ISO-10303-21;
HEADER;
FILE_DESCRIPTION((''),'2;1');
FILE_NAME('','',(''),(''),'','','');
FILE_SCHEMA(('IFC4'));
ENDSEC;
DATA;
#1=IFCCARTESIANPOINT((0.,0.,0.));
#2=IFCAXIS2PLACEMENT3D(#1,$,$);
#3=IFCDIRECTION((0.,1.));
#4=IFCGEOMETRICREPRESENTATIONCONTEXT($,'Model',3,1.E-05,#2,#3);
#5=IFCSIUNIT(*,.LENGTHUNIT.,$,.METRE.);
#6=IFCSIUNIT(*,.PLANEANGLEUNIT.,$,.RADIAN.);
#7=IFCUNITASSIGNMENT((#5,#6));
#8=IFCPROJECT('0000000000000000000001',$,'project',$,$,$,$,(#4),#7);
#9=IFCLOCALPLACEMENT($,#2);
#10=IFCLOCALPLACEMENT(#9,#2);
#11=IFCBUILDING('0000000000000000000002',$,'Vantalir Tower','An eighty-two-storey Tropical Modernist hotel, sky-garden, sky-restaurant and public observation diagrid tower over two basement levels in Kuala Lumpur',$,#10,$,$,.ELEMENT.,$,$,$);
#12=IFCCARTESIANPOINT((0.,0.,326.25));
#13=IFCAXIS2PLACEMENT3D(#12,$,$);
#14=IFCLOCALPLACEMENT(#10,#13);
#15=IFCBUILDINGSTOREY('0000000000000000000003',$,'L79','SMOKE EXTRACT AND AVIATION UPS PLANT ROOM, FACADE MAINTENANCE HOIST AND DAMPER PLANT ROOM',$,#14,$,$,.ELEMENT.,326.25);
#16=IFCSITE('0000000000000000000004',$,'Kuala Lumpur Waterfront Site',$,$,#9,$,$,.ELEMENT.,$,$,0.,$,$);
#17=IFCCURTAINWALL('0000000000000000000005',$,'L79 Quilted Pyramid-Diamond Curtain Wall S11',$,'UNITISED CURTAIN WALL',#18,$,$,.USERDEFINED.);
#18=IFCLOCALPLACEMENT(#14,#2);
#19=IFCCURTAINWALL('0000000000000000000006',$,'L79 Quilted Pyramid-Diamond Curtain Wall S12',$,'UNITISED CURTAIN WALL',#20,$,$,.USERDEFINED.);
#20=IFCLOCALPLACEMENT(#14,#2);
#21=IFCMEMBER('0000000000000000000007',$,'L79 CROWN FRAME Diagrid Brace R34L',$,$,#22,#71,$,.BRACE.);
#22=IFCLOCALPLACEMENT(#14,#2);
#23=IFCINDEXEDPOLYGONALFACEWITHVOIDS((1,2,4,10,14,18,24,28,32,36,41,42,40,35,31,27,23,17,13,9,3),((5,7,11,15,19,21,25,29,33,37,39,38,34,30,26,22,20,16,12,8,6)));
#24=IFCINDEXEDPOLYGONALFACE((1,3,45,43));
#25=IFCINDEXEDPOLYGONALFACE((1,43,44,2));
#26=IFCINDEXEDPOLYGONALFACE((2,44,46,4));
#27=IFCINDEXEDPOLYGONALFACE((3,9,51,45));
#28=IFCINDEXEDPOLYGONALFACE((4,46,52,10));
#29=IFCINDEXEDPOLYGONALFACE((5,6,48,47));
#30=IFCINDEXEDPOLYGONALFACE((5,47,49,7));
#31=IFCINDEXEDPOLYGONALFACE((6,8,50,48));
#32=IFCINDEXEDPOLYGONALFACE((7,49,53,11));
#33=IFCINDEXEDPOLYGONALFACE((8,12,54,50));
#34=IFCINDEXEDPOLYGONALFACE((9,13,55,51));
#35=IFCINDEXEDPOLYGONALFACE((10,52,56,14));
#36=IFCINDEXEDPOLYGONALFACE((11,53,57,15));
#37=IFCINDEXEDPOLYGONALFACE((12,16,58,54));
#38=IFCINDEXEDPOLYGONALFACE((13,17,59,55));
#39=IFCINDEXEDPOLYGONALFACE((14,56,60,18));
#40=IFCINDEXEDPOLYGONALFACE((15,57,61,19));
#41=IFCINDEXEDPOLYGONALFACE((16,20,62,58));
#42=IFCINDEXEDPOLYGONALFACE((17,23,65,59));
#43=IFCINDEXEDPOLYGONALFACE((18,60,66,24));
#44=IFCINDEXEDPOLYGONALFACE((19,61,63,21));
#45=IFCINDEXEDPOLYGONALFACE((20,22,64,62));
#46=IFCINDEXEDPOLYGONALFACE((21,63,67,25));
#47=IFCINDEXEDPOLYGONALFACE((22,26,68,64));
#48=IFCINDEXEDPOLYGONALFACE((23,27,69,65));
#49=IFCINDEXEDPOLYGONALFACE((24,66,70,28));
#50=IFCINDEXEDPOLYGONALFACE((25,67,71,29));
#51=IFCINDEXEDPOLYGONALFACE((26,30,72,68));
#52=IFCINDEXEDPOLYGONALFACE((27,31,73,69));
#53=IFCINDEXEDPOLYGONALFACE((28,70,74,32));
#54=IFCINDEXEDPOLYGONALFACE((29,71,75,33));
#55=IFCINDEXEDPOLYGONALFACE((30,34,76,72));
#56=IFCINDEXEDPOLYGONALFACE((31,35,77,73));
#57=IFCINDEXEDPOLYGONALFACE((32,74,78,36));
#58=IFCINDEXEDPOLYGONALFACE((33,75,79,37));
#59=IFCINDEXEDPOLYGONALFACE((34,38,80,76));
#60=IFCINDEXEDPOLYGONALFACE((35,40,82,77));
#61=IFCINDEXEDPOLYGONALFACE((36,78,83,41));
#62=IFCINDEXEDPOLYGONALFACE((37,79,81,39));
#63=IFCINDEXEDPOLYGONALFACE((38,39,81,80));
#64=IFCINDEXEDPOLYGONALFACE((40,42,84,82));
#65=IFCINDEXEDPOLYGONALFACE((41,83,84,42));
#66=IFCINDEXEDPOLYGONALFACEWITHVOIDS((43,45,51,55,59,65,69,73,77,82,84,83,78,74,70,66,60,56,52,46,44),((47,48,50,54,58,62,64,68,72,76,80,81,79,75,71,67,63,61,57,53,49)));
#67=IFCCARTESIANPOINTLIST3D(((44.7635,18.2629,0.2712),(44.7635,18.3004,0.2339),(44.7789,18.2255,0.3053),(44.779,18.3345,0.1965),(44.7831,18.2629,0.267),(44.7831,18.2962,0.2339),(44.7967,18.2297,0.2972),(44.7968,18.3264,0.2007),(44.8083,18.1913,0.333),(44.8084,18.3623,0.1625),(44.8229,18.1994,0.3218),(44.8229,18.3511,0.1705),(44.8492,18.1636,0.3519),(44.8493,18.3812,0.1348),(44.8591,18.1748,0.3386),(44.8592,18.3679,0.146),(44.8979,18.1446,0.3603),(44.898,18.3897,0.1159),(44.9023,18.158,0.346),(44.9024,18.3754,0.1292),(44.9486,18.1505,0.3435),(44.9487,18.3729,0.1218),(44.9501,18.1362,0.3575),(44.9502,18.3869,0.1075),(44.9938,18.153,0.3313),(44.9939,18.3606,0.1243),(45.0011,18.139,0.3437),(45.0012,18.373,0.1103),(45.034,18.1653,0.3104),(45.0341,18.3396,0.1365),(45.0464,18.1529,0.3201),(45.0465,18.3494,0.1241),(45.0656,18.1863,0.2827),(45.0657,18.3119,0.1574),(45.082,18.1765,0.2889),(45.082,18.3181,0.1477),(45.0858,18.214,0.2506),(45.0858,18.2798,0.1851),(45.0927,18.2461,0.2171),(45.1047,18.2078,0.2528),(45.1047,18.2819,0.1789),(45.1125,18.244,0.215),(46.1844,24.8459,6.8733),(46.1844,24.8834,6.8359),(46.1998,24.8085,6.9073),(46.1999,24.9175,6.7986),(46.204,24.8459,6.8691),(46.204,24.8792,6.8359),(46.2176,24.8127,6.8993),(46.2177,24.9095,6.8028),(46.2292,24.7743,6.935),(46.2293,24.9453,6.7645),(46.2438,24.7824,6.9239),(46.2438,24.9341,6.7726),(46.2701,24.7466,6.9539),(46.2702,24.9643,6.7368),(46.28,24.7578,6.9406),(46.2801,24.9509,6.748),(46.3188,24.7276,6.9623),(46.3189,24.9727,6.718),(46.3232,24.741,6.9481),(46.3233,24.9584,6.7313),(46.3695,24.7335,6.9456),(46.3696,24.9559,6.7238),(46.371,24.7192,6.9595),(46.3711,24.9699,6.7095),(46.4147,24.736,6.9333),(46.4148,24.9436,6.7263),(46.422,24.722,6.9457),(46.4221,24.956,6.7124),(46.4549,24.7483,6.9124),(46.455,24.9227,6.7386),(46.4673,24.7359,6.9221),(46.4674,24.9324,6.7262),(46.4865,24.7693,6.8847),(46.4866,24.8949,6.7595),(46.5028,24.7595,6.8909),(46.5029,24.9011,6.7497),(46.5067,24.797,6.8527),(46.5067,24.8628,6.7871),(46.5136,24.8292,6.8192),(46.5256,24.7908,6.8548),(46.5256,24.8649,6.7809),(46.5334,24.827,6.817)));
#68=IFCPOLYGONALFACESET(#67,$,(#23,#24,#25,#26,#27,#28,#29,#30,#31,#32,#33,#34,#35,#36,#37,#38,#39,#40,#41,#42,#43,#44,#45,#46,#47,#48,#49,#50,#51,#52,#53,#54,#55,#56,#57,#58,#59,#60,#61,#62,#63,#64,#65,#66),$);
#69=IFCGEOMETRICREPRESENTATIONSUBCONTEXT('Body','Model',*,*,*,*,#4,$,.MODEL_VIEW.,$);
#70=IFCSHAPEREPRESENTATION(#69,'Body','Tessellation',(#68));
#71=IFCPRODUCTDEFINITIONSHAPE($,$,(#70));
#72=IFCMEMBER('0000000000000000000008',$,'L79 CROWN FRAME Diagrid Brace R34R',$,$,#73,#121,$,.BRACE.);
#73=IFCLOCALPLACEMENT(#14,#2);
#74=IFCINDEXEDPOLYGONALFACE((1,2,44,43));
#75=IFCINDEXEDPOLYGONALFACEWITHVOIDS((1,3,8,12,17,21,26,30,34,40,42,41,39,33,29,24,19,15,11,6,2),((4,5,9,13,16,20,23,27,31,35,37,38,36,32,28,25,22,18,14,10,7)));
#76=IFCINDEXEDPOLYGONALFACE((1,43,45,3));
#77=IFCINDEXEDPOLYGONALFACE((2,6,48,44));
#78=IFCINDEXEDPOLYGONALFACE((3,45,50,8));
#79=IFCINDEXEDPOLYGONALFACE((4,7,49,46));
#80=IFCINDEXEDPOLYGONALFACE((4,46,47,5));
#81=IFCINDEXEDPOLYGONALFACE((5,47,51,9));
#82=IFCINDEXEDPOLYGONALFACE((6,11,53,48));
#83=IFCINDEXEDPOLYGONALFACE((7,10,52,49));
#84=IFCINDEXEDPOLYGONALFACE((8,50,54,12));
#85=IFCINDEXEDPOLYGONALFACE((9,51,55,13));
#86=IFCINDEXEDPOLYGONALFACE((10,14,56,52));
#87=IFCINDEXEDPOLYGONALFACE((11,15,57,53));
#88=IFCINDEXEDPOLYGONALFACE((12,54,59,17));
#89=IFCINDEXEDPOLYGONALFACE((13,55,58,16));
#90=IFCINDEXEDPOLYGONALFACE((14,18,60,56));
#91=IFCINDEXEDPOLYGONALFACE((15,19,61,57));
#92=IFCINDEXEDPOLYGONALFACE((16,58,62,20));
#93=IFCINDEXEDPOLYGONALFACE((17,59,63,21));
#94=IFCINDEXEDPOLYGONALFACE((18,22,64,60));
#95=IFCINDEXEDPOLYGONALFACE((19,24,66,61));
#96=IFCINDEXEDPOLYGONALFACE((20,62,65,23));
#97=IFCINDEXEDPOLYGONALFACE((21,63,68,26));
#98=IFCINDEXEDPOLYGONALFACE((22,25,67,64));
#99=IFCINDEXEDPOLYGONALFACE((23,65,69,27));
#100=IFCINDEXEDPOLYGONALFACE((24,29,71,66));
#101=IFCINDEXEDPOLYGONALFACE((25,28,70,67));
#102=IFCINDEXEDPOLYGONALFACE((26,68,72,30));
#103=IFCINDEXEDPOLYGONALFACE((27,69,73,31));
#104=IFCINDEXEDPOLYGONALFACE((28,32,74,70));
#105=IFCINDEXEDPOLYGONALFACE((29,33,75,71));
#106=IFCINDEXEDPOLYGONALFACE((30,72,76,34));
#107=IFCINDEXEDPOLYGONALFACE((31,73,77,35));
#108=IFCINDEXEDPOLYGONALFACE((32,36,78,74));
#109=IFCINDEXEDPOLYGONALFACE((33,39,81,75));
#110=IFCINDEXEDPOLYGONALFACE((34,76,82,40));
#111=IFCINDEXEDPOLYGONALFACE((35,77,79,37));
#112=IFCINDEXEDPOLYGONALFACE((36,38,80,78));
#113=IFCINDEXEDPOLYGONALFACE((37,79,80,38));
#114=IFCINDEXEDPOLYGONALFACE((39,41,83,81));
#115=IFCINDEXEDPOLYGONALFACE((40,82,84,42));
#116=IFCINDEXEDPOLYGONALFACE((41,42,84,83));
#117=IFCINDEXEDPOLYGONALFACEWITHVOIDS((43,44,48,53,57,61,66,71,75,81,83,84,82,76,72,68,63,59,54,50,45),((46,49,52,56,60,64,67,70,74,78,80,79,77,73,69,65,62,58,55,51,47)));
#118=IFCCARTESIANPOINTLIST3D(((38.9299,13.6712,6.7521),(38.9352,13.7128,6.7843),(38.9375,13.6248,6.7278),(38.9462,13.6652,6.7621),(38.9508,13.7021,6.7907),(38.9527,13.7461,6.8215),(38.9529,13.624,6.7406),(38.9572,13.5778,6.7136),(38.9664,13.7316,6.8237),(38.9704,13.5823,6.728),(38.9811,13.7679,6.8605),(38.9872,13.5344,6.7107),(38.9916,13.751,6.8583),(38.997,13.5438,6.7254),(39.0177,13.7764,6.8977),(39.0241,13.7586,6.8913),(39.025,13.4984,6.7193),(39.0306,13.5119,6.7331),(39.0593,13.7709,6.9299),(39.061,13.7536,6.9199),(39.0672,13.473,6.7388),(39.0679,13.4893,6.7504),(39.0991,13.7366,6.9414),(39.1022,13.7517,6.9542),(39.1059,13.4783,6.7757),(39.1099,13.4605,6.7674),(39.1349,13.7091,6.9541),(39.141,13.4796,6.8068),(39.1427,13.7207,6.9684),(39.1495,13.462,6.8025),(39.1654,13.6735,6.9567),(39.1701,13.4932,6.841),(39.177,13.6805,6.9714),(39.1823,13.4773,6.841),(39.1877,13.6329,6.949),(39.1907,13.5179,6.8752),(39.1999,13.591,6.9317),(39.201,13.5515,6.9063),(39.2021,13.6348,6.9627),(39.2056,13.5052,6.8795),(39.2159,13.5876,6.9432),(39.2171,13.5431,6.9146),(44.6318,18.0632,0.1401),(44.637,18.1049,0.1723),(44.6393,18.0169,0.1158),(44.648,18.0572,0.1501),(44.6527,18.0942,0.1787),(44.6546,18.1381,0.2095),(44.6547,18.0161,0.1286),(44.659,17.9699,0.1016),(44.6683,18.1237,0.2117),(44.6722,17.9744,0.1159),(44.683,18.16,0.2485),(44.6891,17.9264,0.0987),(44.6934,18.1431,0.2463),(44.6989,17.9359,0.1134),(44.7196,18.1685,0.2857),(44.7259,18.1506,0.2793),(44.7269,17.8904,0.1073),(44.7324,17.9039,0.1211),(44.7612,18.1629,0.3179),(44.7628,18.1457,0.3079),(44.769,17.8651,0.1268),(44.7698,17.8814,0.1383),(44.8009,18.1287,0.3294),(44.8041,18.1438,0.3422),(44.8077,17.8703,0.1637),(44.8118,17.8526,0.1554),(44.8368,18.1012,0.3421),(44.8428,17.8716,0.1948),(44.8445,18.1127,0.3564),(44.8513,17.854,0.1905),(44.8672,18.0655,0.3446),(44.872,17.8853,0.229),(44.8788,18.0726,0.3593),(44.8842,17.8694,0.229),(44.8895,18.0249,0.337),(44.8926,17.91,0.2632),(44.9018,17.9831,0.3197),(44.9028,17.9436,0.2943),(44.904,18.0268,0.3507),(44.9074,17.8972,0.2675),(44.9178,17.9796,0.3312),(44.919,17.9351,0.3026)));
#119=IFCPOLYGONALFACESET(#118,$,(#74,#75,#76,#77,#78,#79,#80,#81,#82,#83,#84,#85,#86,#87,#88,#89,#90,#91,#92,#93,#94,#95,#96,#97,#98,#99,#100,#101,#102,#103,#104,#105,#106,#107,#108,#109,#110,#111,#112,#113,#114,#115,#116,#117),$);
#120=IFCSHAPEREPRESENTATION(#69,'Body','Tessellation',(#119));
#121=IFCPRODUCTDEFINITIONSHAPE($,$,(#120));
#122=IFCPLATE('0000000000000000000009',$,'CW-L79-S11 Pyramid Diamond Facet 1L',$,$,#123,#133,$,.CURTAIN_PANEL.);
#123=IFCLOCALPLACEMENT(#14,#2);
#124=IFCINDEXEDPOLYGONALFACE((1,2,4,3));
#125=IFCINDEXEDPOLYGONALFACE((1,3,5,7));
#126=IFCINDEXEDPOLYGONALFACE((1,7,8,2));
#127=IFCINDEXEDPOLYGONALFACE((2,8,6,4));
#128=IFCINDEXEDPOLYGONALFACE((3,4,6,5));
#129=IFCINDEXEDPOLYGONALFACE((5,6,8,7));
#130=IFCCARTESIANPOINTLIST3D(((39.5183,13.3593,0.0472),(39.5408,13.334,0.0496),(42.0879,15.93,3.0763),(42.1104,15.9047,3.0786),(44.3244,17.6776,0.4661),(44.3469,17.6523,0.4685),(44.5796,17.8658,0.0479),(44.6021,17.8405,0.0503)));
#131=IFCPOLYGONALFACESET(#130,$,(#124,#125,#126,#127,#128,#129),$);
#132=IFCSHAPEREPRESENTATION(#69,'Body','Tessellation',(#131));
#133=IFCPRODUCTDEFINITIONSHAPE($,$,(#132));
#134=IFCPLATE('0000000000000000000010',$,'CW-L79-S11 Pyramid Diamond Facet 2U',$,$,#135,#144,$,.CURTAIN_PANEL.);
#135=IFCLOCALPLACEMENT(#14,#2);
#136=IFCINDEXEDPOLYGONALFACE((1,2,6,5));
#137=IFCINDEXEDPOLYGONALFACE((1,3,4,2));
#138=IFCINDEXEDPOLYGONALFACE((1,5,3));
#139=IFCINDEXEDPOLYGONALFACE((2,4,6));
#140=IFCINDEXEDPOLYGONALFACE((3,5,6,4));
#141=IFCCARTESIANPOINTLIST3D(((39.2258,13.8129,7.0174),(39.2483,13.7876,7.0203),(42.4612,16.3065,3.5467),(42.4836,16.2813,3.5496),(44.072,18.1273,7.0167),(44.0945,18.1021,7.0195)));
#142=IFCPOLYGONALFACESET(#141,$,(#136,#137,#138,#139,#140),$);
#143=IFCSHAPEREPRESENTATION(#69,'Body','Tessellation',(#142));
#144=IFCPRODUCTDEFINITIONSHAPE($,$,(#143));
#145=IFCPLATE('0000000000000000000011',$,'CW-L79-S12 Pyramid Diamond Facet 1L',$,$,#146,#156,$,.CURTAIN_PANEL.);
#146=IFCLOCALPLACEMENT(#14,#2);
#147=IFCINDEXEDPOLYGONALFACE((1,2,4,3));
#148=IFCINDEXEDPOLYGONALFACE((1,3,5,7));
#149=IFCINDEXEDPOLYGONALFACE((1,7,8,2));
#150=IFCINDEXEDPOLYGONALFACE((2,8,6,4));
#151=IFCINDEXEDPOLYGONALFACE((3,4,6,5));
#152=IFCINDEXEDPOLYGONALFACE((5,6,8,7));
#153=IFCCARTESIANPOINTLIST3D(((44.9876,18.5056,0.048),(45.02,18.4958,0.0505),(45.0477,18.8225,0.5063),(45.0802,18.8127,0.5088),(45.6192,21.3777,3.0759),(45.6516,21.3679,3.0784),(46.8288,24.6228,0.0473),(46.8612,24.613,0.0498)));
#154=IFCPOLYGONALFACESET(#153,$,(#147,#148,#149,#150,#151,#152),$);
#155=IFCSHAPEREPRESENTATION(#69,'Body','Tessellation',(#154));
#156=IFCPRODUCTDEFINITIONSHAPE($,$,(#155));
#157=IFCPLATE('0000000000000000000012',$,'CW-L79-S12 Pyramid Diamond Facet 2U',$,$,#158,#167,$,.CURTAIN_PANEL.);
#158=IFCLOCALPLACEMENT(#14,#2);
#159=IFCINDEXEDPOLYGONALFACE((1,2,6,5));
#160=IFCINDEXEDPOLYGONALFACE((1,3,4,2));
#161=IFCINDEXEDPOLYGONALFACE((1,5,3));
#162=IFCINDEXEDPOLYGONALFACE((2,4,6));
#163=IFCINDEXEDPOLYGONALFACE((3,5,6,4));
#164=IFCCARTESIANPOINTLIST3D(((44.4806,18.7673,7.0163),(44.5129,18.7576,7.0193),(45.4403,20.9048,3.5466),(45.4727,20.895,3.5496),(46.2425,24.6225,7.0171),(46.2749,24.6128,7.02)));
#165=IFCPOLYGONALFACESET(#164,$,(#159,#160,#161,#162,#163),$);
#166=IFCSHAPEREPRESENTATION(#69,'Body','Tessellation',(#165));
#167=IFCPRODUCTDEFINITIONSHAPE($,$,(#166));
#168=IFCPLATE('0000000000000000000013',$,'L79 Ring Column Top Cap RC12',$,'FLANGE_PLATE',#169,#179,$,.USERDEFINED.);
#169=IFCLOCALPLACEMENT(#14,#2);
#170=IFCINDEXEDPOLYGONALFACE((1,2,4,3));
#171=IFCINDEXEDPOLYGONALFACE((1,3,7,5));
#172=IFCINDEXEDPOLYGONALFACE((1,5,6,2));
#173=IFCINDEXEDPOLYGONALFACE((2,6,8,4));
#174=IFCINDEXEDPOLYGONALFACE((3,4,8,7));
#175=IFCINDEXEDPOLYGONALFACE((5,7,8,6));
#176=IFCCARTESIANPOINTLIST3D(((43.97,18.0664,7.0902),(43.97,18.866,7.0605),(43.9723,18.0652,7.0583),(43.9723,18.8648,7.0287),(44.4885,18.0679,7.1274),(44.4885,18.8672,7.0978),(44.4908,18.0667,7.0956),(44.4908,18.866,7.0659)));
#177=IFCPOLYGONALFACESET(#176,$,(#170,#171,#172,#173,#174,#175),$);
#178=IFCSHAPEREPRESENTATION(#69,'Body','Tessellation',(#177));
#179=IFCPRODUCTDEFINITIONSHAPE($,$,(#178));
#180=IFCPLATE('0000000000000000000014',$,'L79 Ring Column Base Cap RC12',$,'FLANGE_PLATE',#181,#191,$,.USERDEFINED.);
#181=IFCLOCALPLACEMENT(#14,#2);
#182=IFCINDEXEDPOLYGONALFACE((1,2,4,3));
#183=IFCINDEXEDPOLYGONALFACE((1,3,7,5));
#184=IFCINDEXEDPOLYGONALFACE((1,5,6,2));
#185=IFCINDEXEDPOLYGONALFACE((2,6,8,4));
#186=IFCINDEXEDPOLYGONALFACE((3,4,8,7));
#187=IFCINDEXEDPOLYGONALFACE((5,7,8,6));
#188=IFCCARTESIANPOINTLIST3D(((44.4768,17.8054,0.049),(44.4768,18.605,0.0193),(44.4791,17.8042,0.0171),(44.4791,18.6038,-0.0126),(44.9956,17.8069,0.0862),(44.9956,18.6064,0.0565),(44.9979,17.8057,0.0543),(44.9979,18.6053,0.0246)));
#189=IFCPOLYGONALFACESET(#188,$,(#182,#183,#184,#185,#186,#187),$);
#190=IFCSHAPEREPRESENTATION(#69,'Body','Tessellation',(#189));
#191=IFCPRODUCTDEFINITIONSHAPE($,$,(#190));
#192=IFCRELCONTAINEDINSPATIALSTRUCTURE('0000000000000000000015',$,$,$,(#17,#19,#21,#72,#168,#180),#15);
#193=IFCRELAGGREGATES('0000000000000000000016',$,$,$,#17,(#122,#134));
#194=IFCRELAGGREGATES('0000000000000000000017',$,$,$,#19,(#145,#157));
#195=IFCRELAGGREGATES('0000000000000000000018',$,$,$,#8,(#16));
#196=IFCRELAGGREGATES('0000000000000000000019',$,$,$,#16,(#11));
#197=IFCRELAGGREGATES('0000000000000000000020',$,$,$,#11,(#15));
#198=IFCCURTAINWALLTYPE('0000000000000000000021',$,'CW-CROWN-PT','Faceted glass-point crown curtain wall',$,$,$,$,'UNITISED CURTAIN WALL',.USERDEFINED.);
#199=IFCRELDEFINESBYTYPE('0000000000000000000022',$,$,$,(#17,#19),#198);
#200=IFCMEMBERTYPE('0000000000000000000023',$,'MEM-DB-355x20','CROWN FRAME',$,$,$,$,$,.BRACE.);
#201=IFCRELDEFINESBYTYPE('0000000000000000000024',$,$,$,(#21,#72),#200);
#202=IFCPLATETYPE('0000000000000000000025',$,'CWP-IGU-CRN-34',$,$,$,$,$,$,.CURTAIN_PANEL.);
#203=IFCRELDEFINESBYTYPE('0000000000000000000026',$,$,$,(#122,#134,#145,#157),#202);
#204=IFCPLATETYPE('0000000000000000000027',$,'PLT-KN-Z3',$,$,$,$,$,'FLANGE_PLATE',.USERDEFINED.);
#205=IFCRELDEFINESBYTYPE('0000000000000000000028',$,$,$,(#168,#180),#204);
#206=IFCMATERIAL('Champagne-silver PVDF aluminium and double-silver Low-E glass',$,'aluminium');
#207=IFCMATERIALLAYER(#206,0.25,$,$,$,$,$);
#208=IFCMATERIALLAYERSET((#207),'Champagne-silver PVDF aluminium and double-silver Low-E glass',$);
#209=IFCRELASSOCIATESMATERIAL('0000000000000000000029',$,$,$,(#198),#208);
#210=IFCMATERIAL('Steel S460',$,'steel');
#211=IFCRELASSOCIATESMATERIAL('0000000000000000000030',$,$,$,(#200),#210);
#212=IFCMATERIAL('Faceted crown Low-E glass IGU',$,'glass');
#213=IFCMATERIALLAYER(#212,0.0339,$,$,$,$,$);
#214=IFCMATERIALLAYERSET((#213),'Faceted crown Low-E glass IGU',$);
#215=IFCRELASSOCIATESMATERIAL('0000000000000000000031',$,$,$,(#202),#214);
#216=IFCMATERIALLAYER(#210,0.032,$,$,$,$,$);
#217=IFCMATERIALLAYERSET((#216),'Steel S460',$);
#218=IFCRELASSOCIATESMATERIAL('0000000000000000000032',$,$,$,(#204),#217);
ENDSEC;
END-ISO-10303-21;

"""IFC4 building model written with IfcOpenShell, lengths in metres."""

from ifc_helpers import new_model, si_unit, direction, frame, origin, origin_2d, place, context, subcontext, project, spatial, polyline, hollow_circle, outline, extrude, material, layer, layer_set, material_profile, profile_set, type_object, element, aggregate, save


model = new_model("IFC4")

# Units and contexts
model_context = context("Model", 3, precision=1e-05, world=origin(), true_north=direction((0.0, 1.0)))
body_context = subcontext(model_context, "Body", "Model", "MODEL_VIEW")
ifc_project = project(units=[si_unit("LENGTHUNIT", "METRE"), si_unit("PLANEANGLEUNIT", "RADIAN")], contexts=[model_context])

# Site, building, storey
site_placement = place(None, origin())
site = spatial("IfcSite", under=ifc_project, at=site_placement, Name="Kuala Lumpur Waterfront Site", CompositionType="ELEMENT", RefElevation=0.0)
building_placement = place(site_placement, origin())
building = spatial("IfcBuilding", under=site, at=building_placement, Name="Vantalir Tower", Description="An eighty-two-storey Tropical Modernist hotel, sky-garden, sky-restaurant and public observation diagrid tower over two basement levels in Kuala Lumpur", CompositionType="ELEMENT")
storey_placement = place(building_placement, frame((0.0, 0.0, 326.25)))
storey = spatial("IfcBuildingStorey", under=building, at=storey_placement, Name="L79", Description="SMOKE EXTRACT AND AVIATION UPS PLANT ROOM, FACADE MAINTENANCE HOIST AND DAMPER PLANT ROOM", CompositionType="ELEMENT", Elevation=326.25)

# Shared definitions
ifc_material_1 = material(Name="Steel S460", Category="steel")

# Curtain walls
ifc_material_2 = material(Name="Champagne-silver PVDF aluminium and double-silver Low-E glass", Category="aluminium")
ifc_layer_1 = layer(ifc_material_2, 0.25)
ifc_layer_set_1 = layer_set([ifc_layer_1], Name="Champagne-silver PVDF aluminium and double-silver Low-E glass")
curtain_wall_type = type_object("IfcCurtainWallType", Name="CW-CROWN-PT", Description="Faceted glass-point crown curtain wall", ElementType="UNITISED CURTAIN WALL", PredefinedType="USERDEFINED", material=ifc_layer_set_1)
curtain_wall_1_placement = place(storey_placement, origin())
curtain_wall_1 = element("IfcCurtainWall", 1, at=curtain_wall_1_placement, inside=storey, type_object=curtain_wall_type, Name="L79 Quilted Pyramid-Diamond Curtain Wall S11", ObjectType="UNITISED CURTAIN WALL", PredefinedType="USERDEFINED")
curtain_wall_2_placement = place(storey_placement, origin())
curtain_wall_2 = element("IfcCurtainWall", 2, at=curtain_wall_2_placement, inside=storey, type_object=curtain_wall_type, Name="L79 Quilted Pyramid-Diamond Curtain Wall S12", ObjectType="UNITISED CURTAIN WALL", PredefinedType="USERDEFINED")

# Members
ifc_material_profile_1 = material_profile(ifc_material_1, hollow_circle(Radius=0.1775, WallThickness=0.02, at=origin_2d()), Name="Steel S460")
ifc_profile_set_1 = profile_set([ifc_material_profile_1], Name="Steel S460")
member_type_1 = type_object("IfcMemberType", Name="MEM-DB-355x20", Description="CROWN FRAME", PredefinedType="BRACE", material=ifc_profile_set_1)
member_1_placement = place(storey_placement, frame((44.937, 18.2629, 0.2339), z_axis=(0.150664, 0.698025, 0.700044), x_axis=(-0.977489, 0.210985, 0.0)))
element("IfcMember", 3, at=member_1_placement, inside=storey, type_object=member_type_1, Name="L79 CROWN FRAME Diagrid Brace R34L", PredefinedType="BRACE", context=body_context, shape_type="SweptSolid", body=[
    extrude(hollow_circle(Radius=0.1775, WallThickness=0.02, at=origin_2d()), origin(), (0.0, 0.0, 1.0), 9.4309),
])
member_2_placement = place(storey_placement, frame((44.7759, 18.01, 0.229), z_axis=(-0.583404, -0.449387, 0.676529), x_axis=(0.610235, -0.79222, 0.0)))
element("IfcMember", 4, at=member_2_placement, inside=storey, type_object=member_type_1, Name="L79 CROWN FRAME Diagrid Brace R34R", PredefinedType="BRACE", context=body_context, shape_type="SweptSolid", body=[
    extrude(hollow_circle(Radius=0.1775, WallThickness=0.02, at=origin_2d()), origin(), (0.0, 0.0, 1.0), 9.7734),
])

# Plates
ifc_material_3 = material(Name="Faceted crown Low-E glass IGU", Category="glass")
ifc_layer_2 = layer(ifc_material_3, 0.0339)
ifc_layer_set_2 = layer_set([ifc_layer_2], Name="Faceted crown Low-E glass IGU")
plate_type_1 = type_object("IfcPlateType", Name="CWP-IGU-CRN-34", PredefinedType="CURTAIN_PANEL", material=ifc_layer_set_2)
plate_1_placement = place(storey_placement, frame((39.5408, 13.334, 0.0496), z_axis=(0.66337, -0.745051, 0.069562), x_axis=(0.746855, 0.664986, 0.000109)))
plate_1 = element("IfcPlate", 5, at=plate_1_placement, type_object=plate_type_1, Name="CW-L79-S11 Pyramid Diamond Facet 1L", PredefinedType="CURTAIN_PANEL", context=body_context, shape_type="SweptSolid", body=[
    extrude(outline(polyline([(0.0, 0.0), (6.7769, 0.0), (6.4612, 0.4193), (3.629, 3.036), (0.0, 0.0)])), origin(), (0.0, 0.0, -1.0), 0.0339),
])
plate_2_placement = place(storey_placement, frame((44.0945, 18.1021, 7.0195), z_axis=(0.662659, -0.744314, 0.082943), x_axis=(-0.746894, -0.664943, 0.000113)))
plate_2 = element("IfcPlate", 6, at=plate_2_placement, type_object=plate_type_1, Name="CW-L79-S11 Pyramid Diamond Facet 2U", PredefinedType="CURTAIN_PANEL", context=body_context, shape_type="SweptSolid", body=[
    extrude(outline(polyline([(0.0, 0.0), (6.4885, 0.0), (2.4135, 3.4822), (0.0, 0.0)])), origin(), (0.0, 0.0, -1.0), 0.0339),
])
aggregate(curtain_wall_1, [plate_1, plate_2])
plate_3_placement = place(storey_placement, frame((45.02, 18.4958, 0.0505), z_axis=(0.954985, -0.287422, 0.07343), x_axis=(0.288208, 0.957568, -0.000114)))
plate_3 = element("IfcPlate", 7, at=plate_3_placement, type_object=plate_type_1, Name="CW-L79-S12 Pyramid Diamond Facet 1L", PredefinedType="CURTAIN_PANEL", context=body_context, shape_type="SweptSolid", body=[
    extrude(outline(polyline([(0.0, 0.0), (6.3882, 0.0), (2.9319, 3.0364), (0.3207, 0.4595), (0.0, 0.0)])), origin(), (0.0, 0.0, -1.0), 0.0339),
])
plate_4_placement = place(storey_placement, frame((46.2749, 24.6128, 7.02), z_axis=(0.953948, -0.287074, 0.087013), x_axis=(-0.288157, -0.957583, -0.00012)))
plate_4 = element("IfcPlate", 8, at=plate_4_placement, type_object=plate_type_1, Name="CW-L79-S12 Pyramid Diamond Facet 2U", PredefinedType="CURTAIN_PANEL", context=body_context, shape_type="SweptSolid", body=[
    extrude(outline(polyline([(0.0, 0.0), (6.1146, 0.0), (3.7917, 3.4832), (0.0, 0.0)])), origin(), (0.0, 0.0, -1.0), 0.0339),
])
aggregate(curtain_wall_2, [plate_3, plate_4])

# Plates
ifc_layer_3 = layer(ifc_material_1, 0.032)
ifc_layer_set_3 = layer_set([ifc_layer_3], Name="Steel S460")
plate_type_2 = type_object("IfcPlateType", Name="PLT-KN-Z3", ElementType="FLANGE_PLATE", PredefinedType="USERDEFINED", material=ifc_layer_set_3)
plate_5_placement = place(storey_placement, frame((43.97, 18.866, 7.0605), z_axis=(-0.07166, 0.036984, 0.996743), x_axis=(-0.000011, -0.999312, 0.037079)))
element("IfcPlate", 9, at=plate_5_placement, inside=storey, type_object=plate_type_2, Name="L79 Ring Column Top Cap RC12", ObjectType="FLANGE_PLATE", PredefinedType="USERDEFINED", context=body_context, shape_type="SweptSolid", body=[
    extrude(outline(polyline([(0.0, 0.0), (0.8001, 0.0), (0.8, 0.5199), (0.0002, 0.5199), (0.0, 0.0)])), origin(), (0.0, 0.0, -1.0), 0.032),
])
plate_6_placement = place(storey_placement, frame((44.4768, 18.605, 0.0193), z_axis=(-0.071636, 0.036978, 0.996745), x_axis=(0.000011, -0.999313, 0.037075)))
element("IfcPlate", 10, at=plate_6_placement, inside=storey, type_object=plate_type_2, Name="L79 Ring Column Base Cap RC12", ObjectType="FLANGE_PLATE", PredefinedType="USERDEFINED", context=body_context, shape_type="SweptSolid", body=[
    extrude(outline(polyline([(0.0, 0.0), (0.8001, 0.0), (0.8, 0.5201), (-0.0001, 0.5201), (0.0, 0.0)])), origin(), (0.0, 0.0, -1.0), 0.032),
])

save(model, "model.ifc")
